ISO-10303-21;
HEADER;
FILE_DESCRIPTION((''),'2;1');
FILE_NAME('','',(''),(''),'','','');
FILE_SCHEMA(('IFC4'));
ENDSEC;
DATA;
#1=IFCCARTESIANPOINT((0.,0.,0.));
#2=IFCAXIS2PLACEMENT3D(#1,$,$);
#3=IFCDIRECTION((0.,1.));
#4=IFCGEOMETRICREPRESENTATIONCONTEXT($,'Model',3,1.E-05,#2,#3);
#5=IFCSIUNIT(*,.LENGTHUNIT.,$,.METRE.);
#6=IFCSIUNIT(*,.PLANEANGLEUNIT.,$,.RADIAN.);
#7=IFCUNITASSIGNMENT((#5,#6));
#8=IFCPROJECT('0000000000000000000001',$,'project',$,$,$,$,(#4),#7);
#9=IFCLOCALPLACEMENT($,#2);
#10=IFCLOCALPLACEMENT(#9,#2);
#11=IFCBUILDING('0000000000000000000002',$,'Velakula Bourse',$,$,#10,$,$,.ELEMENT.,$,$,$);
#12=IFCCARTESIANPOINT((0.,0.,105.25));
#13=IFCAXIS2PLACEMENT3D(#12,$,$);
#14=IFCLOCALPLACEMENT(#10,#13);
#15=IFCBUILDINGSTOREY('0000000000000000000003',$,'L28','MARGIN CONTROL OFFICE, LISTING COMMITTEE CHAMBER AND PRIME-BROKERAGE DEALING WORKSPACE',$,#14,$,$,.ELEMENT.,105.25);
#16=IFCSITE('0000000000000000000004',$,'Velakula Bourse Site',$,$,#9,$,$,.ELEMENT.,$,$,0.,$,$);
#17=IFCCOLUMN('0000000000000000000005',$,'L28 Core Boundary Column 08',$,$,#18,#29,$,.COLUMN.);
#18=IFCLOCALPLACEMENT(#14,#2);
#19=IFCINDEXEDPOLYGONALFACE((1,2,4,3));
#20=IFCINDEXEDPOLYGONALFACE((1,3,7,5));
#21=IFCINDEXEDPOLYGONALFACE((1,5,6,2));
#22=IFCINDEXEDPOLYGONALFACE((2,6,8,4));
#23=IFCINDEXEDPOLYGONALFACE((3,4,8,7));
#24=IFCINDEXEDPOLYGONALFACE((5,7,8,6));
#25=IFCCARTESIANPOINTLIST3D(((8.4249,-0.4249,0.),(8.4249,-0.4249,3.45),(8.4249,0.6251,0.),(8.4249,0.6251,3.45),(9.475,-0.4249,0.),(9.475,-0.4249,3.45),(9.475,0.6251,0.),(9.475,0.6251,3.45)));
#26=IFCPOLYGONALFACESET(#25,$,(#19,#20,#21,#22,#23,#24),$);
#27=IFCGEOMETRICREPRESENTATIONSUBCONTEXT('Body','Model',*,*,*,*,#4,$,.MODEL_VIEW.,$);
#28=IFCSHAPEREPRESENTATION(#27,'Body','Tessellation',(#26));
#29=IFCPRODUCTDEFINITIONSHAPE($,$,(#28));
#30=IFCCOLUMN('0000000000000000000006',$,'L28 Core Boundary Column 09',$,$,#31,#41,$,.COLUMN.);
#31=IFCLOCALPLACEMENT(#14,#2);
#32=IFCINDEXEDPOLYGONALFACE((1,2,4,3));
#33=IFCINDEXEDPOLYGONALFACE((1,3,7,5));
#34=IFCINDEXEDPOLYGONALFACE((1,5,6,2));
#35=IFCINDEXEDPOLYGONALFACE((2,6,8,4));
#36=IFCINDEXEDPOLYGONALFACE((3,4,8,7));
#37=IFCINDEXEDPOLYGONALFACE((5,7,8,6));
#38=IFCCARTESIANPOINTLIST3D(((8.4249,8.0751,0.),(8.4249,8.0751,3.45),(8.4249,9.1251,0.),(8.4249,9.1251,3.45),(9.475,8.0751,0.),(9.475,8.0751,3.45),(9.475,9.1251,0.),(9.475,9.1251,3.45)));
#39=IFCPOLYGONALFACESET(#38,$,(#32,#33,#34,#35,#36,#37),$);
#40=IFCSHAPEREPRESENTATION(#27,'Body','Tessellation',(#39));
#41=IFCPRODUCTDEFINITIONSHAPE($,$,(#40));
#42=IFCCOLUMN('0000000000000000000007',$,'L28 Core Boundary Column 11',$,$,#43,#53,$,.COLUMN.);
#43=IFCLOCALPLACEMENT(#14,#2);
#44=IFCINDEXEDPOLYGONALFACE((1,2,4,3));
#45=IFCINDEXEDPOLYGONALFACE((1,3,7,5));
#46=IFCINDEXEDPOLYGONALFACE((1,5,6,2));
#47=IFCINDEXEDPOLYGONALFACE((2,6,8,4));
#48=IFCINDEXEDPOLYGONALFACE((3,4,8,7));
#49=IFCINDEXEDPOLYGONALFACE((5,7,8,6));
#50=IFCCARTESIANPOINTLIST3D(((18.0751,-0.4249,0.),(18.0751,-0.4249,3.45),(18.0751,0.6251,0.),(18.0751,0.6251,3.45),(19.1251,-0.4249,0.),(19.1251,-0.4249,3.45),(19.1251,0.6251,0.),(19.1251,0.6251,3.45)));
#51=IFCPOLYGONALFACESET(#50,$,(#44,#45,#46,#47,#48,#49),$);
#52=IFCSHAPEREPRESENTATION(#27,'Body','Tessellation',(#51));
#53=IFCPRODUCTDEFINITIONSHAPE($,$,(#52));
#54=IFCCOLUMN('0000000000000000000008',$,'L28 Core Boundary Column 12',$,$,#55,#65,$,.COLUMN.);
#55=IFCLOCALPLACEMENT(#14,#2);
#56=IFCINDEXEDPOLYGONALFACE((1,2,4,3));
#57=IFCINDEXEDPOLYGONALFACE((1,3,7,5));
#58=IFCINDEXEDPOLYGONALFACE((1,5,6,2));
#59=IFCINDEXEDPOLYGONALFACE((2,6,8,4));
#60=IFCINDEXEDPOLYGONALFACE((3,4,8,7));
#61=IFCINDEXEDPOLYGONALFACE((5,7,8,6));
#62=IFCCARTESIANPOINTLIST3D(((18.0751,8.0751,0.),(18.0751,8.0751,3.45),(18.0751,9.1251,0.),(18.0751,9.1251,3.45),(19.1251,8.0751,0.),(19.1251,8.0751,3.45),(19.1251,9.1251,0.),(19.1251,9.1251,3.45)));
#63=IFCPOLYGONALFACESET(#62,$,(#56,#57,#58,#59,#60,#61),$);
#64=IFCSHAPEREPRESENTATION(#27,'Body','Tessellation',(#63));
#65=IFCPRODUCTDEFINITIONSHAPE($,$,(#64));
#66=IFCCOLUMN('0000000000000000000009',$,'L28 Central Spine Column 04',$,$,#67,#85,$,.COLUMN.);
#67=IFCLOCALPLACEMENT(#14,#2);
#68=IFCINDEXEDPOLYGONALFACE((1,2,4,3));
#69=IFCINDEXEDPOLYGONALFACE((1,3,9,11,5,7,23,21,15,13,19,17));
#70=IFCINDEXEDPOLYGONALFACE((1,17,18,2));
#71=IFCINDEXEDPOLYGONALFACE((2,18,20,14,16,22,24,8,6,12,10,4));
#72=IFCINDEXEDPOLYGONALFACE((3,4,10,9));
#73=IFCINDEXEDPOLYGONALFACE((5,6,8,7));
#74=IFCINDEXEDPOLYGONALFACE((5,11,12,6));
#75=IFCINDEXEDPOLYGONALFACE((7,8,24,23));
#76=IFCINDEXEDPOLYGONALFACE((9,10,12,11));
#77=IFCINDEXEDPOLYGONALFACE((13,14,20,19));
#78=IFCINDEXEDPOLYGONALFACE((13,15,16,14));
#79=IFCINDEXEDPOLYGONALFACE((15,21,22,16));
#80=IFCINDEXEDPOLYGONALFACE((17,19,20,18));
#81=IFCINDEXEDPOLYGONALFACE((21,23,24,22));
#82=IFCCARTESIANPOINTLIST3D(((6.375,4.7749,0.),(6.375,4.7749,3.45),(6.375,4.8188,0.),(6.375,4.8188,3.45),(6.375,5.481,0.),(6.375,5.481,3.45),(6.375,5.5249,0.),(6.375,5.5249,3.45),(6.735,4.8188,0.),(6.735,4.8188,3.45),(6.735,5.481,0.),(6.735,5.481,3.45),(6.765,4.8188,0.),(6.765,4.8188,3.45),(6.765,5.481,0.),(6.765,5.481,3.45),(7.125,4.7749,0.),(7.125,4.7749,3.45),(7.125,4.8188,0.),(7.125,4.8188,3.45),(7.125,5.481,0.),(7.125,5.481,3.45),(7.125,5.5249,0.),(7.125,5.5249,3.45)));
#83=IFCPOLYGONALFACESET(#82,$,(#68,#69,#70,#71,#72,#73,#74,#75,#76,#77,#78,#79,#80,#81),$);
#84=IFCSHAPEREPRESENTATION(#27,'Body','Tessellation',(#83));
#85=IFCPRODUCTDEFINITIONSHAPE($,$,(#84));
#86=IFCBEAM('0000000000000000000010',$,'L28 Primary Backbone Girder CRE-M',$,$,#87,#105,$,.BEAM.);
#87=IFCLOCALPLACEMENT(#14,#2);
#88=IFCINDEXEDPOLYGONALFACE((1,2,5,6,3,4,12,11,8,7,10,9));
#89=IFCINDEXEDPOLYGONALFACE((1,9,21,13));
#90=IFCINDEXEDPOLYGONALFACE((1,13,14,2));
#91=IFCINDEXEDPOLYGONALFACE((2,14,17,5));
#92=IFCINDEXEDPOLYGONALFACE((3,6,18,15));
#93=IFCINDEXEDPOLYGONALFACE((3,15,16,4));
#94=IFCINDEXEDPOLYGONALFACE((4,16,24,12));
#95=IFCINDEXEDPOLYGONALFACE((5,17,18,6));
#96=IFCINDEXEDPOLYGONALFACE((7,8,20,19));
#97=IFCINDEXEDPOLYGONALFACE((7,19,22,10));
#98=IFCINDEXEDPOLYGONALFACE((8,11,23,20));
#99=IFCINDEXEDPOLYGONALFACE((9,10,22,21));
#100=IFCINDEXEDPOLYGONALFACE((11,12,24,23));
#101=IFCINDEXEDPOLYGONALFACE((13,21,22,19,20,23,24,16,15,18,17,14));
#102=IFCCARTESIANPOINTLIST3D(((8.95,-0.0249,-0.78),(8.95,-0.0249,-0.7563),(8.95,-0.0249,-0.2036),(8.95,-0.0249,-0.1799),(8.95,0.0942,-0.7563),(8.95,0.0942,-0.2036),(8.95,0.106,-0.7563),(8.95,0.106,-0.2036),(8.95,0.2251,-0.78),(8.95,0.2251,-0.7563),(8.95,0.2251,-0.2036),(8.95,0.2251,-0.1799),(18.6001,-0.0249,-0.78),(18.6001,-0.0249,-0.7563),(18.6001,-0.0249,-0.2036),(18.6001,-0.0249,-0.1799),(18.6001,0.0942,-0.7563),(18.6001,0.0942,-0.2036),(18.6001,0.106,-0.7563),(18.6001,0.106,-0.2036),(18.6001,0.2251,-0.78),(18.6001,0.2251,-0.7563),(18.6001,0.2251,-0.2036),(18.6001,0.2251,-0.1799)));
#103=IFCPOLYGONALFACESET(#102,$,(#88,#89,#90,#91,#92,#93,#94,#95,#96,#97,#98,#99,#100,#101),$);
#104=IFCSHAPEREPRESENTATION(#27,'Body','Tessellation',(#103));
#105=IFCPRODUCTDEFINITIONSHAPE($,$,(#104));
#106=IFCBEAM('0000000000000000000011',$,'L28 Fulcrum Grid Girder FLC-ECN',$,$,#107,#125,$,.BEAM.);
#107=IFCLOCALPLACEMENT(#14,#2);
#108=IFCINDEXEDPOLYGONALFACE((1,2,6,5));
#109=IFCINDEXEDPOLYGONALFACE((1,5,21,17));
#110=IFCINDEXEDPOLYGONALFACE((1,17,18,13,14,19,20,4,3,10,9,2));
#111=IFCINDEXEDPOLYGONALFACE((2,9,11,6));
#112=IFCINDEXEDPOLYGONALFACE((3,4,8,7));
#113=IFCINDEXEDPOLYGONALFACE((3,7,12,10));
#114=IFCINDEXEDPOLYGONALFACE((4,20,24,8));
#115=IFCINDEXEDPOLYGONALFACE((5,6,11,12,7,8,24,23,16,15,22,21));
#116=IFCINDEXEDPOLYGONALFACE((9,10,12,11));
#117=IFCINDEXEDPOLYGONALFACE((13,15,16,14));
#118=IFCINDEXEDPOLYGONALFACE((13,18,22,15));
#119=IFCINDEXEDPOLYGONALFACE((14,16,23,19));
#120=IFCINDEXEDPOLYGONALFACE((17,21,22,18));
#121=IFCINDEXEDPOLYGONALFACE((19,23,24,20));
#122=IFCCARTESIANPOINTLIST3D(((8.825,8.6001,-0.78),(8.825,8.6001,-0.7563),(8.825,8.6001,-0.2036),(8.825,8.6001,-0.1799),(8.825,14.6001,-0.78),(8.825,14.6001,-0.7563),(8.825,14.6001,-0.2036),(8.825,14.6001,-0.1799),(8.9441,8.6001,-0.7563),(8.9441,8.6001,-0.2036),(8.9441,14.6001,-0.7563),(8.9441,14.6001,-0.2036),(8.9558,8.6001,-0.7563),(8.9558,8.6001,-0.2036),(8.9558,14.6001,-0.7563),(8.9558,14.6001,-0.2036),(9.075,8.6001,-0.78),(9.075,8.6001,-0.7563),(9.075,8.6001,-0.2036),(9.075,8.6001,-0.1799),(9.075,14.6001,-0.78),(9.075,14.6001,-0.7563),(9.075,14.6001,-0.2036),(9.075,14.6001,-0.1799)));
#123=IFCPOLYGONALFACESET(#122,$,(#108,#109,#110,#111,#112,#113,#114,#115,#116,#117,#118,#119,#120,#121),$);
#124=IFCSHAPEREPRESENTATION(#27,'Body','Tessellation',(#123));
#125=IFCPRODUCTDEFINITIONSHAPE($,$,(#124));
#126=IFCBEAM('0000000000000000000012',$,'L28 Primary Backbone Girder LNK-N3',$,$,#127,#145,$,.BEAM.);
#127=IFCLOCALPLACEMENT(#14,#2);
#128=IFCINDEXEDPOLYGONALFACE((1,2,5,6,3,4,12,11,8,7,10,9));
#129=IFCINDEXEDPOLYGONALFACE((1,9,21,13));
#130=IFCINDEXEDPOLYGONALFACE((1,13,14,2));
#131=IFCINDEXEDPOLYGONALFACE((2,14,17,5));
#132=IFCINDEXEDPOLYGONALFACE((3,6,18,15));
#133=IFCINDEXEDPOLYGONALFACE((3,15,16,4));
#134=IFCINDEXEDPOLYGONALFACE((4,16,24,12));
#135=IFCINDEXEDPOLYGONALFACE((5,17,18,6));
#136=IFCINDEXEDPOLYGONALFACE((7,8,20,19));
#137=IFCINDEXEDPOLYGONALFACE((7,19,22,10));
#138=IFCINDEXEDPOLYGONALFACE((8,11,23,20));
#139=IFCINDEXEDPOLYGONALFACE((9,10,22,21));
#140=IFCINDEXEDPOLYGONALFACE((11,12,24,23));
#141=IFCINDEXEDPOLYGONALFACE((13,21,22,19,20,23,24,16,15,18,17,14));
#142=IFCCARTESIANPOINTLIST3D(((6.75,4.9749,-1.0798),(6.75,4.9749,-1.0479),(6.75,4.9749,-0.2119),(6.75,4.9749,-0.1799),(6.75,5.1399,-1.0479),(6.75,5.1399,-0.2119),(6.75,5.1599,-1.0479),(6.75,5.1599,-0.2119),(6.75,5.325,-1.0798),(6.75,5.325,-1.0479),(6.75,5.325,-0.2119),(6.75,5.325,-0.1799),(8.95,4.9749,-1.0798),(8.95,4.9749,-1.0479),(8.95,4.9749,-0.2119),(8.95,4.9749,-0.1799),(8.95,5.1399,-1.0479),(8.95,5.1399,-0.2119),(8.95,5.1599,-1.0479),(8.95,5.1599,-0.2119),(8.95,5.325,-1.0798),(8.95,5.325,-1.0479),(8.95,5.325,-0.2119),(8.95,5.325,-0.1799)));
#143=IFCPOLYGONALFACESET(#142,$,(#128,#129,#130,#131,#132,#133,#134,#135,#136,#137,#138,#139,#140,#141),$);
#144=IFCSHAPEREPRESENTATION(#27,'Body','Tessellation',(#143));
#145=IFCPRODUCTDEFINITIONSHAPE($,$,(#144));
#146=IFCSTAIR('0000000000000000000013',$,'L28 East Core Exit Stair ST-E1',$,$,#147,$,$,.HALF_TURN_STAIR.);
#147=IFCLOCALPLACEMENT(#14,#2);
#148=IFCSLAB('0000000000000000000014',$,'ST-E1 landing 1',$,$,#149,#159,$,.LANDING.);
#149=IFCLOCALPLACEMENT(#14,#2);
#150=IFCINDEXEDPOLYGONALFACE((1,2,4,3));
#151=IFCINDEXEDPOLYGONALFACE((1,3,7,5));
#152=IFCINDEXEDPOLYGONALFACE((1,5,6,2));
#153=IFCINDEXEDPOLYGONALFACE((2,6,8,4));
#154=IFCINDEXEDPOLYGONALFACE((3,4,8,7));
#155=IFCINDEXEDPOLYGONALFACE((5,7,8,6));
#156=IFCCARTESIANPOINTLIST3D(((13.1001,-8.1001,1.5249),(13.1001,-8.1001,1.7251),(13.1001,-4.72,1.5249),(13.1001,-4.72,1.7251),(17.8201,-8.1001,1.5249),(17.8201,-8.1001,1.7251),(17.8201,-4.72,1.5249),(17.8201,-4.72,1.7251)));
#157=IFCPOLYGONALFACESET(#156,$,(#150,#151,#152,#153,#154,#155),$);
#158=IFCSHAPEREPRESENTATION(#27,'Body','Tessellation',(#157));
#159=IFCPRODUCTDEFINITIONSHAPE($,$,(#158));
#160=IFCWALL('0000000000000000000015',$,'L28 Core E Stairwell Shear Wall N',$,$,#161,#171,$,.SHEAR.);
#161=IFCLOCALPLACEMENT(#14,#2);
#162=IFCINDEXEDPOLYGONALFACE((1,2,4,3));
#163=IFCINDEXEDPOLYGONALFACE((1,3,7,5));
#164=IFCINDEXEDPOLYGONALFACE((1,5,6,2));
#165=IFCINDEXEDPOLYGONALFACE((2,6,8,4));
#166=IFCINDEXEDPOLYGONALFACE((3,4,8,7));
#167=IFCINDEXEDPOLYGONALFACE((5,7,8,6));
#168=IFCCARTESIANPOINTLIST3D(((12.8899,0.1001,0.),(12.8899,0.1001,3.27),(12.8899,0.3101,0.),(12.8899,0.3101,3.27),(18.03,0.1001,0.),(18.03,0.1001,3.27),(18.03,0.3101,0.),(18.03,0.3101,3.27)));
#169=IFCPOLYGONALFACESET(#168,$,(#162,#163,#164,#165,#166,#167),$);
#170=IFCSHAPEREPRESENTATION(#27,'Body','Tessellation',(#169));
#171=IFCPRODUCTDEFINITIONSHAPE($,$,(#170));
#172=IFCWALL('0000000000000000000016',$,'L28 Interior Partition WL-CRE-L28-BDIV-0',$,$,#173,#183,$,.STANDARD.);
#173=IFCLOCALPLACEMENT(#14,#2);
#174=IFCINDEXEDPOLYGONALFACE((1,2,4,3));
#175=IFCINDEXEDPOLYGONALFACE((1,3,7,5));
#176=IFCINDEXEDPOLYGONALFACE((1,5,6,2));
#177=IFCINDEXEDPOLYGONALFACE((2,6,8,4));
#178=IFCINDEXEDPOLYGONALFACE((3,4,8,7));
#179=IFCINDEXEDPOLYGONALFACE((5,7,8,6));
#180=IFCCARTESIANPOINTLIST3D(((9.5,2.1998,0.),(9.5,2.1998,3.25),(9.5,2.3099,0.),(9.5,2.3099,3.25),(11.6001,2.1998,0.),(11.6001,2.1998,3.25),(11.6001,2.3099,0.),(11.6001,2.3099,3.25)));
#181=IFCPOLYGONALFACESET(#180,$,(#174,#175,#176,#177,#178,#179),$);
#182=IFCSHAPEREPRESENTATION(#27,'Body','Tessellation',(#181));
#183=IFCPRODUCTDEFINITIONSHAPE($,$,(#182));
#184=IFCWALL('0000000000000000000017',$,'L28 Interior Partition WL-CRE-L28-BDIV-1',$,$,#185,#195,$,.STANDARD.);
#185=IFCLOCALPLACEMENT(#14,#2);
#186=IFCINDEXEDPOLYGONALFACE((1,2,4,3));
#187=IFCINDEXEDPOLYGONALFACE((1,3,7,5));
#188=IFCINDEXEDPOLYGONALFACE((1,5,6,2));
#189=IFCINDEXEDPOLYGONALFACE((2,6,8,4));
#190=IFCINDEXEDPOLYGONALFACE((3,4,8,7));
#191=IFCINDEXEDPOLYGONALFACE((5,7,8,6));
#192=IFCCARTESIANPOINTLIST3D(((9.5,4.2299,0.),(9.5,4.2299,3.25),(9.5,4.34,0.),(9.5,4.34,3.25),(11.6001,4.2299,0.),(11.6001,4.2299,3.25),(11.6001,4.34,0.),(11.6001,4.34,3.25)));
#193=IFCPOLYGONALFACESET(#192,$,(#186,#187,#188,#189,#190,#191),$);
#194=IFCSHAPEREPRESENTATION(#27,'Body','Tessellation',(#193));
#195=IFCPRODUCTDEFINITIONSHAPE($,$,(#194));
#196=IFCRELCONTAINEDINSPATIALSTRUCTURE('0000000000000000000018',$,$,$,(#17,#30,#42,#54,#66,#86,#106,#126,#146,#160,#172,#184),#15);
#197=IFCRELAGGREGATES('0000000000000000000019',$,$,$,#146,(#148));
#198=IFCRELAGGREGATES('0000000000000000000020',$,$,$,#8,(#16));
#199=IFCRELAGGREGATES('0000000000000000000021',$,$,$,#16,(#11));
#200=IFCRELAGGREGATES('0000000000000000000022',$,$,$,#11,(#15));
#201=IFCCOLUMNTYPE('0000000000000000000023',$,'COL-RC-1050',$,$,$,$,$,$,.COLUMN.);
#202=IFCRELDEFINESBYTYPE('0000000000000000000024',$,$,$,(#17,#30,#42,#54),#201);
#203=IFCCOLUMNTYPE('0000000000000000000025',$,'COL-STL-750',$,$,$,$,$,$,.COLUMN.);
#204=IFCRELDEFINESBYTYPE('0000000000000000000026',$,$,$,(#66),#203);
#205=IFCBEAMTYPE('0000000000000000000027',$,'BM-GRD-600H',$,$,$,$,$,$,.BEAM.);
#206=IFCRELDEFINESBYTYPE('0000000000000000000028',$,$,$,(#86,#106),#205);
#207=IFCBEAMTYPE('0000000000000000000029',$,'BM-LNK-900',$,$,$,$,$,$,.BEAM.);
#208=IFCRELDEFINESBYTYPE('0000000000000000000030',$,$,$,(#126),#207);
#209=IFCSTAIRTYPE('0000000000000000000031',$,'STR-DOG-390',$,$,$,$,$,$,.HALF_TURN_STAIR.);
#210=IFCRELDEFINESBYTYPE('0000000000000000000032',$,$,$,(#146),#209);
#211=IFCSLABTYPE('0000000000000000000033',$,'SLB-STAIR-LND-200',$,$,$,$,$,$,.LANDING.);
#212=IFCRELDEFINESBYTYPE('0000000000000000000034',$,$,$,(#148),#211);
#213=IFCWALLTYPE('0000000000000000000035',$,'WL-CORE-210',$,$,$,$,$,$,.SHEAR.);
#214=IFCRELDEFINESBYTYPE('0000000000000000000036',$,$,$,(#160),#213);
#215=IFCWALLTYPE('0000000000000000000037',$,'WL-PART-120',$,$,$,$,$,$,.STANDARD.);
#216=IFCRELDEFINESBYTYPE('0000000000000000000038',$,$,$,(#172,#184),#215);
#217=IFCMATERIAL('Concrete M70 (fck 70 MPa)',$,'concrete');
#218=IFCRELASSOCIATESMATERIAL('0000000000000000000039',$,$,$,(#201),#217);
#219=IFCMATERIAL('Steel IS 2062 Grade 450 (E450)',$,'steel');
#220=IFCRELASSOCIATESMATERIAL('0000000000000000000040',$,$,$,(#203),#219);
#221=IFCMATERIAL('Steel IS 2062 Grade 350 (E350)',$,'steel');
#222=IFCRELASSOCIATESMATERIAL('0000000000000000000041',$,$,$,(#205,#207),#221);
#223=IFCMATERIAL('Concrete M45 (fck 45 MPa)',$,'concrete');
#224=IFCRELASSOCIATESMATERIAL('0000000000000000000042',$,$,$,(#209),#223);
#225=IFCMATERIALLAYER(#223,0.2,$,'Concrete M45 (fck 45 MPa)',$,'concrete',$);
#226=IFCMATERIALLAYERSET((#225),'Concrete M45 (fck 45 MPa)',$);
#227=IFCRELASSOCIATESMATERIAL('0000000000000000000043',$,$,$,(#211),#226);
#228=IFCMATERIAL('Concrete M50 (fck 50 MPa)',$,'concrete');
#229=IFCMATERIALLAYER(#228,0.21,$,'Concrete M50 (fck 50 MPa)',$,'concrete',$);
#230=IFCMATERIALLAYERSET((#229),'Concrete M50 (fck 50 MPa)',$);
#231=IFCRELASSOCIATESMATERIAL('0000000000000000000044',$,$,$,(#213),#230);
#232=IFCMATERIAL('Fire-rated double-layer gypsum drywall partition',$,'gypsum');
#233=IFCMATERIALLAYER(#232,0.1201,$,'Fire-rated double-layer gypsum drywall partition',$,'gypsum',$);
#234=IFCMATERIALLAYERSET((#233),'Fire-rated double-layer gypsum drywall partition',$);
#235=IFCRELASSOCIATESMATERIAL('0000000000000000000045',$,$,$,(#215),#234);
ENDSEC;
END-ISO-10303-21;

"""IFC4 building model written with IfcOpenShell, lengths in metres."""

from ifc_helpers import new_model, si_unit, direction, frame, frame_2d, origin, origin_2d, place, context, subcontext, project, spatial, polyline, rectangle, i_section, outline, extrude, material, layer, layer_set, material_profile, profile_set, type_object, element, aggregate, save


model = new_model("IFC4")

# Units and contexts
model_context = context("Model", 3, precision=1e-05, world=origin(), true_north=direction((0.0, 1.0)))
body_context = subcontext(model_context, "Body", "Model", "MODEL_VIEW")
ifc_project = project(units=[si_unit("LENGTHUNIT", "METRE"), si_unit("PLANEANGLEUNIT", "RADIAN")], contexts=[model_context])

# Site, building, storey
site_placement = place(None, origin())
site = spatial("IfcSite", under=ifc_project, at=site_placement, Name="Velakula Bourse Site", CompositionType="ELEMENT", RefElevation=0.0)
building_placement = place(site_placement, origin())
building = spatial("IfcBuilding", under=site, at=building_placement, Name="Velakula Bourse", CompositionType="ELEMENT")
storey_placement = place(building_placement, frame((0.0, 0.0, 105.25)))
storey = spatial("IfcBuildingStorey", under=building, at=storey_placement, Name="L28", Description="MARGIN CONTROL OFFICE, LISTING COMMITTEE CHAMBER AND PRIME-BROKERAGE DEALING WORKSPACE", CompositionType="ELEMENT", Elevation=105.25)

# Columns
ifc_material_1 = material(Name="Concrete M70 (fck 70 MPa)", Category="concrete")
ifc_material_profile_1 = material_profile(ifc_material_1, rectangle(XDim=1.05, YDim=1.05, at=origin_2d()), Name="Concrete M70 (fck 70 MPa)")
ifc_profile_set_1 = profile_set([ifc_material_profile_1], Name="Concrete M70 (fck 70 MPa)")
column_type_1 = type_object("IfcColumnType", Name="COL-RC-1050", PredefinedType="COLUMN", material=ifc_profile_set_1)
for number, where, z_axis, x_axis, name in (
    (1, (8.95, 0.1001, 0.0), (0.0, 0.0, 1.0), (1.0, 0.0, 0.0), "L28 Core Boundary Column 08"),
    (2, (8.95, 8.6001, 0.0), (0.0, 0.0, 1.0), (1.0, 0.0, 0.0), "L28 Core Boundary Column 09"),
    (3, (18.6001, 0.1001, 0.0), (0.0, 0.0, 1.0), (1.0, 0.0, 0.0), "L28 Core Boundary Column 11"),
    (4, (18.6001, 8.6001, 0.0), (0.0, 0.0, 1.0), (1.0, 0.0, 0.0), "L28 Core Boundary Column 12"),
):
    element("IfcColumn", number, at=place(storey_placement, frame(where, z_axis=z_axis, x_axis=x_axis)), inside=storey, type_object=column_type_1, Name=name, PredefinedType="COLUMN", context=body_context, shape_type="SweptSolid", body=[
        extrude(rectangle(XDim=1.05, YDim=1.05, at=origin_2d()), origin(), (0.0, 0.0, 1.0), 3.45),
    ])
ifc_material_2 = material(Name="Steel IS 2062 Grade 450 (E450)", Category="steel")
ifc_material_profile_2 = material_profile(ifc_material_2, i_section(OverallWidth=0.75, OverallDepth=0.75, WebThickness=0.03, FlangeThickness=0.0439, at=origin_2d()), Name="Steel IS 2062 Grade 450 (E450)")
ifc_profile_set_2 = profile_set([ifc_material_profile_2], Name="Steel IS 2062 Grade 450 (E450)")
column_type_2 = type_object("IfcColumnType", Name="COL-STL-750", PredefinedType="COLUMN", material=ifc_profile_set_2)
column_placement = place(storey_placement, frame((6.75, 5.1499, 0.0), z_axis=(0.0, 0.0, 1.0), x_axis=(1.0, 0.0, 0.0)))
element("IfcColumn", 5, at=column_placement, inside=storey, type_object=column_type_2, Name="L28 Central Spine Column 04", PredefinedType="COLUMN", context=body_context, shape_type="SweptSolid", body=[
    extrude(i_section(OverallWidth=0.75, OverallDepth=0.75, WebThickness=0.03, FlangeThickness=0.0439, at=origin_2d()), origin(), (0.0, 0.0, 1.0), 3.45),
])

# Beams
ifc_material_3 = material(Name="Steel IS 2062 Grade 350 (E350)", Category="steel")
ifc_material_profile_3 = material_profile(ifc_material_3, i_section(OverallWidth=0.25, OverallDepth=0.6001, WebThickness=0.0117, FlangeThickness=0.0237, at=origin_2d()), Name="Steel IS 2062 Grade 350 (E350)")
ifc_profile_set_3 = profile_set([ifc_material_profile_3], Name="Steel IS 2062 Grade 350 (E350)")
beam_type_1 = type_object("IfcBeamType", Name="BM-GRD-600H", PredefinedType="BEAM", material=ifc_profile_set_3)
beam_1_placement = place(storey_placement, frame((8.95, 0.1001, -0.48), z_axis=(1.0, 0.0, 0.0), x_axis=(0.0, 1.0, 0.0)))
element("IfcBeam", 6, at=beam_1_placement, inside=storey, type_object=beam_type_1, Name="L28 Primary Backbone Girder CRE-M", PredefinedType="BEAM", context=body_context, shape_type="SweptSolid", body=[
    extrude(i_section(OverallWidth=0.25, OverallDepth=0.6001, WebThickness=0.0117, FlangeThickness=0.0237, at=origin_2d()), origin(), (0.0, 0.0, 1.0), 9.6501),
])
beam_2_placement = place(storey_placement, frame((8.95, 8.6001, -0.48), z_axis=(0.0, 1.0, 0.0), x_axis=(-1.0, 0.0, 0.0)))
element("IfcBeam", 7, at=beam_2_placement, inside=storey, type_object=beam_type_1, Name="L28 Fulcrum Grid Girder FLC-ECN", PredefinedType="BEAM", context=body_context, shape_type="SweptSolid", body=[
    extrude(i_section(OverallWidth=0.25, OverallDepth=0.6001, WebThickness=0.0117, FlangeThickness=0.0237, at=origin_2d()), origin(), (0.0, 0.0, 1.0), 6.0),
])
ifc_material_profile_4 = material_profile(ifc_material_3, i_section(OverallWidth=0.3501, OverallDepth=0.8999, WebThickness=0.02, FlangeThickness=0.032, at=origin_2d()), Name="Steel IS 2062 Grade 350 (E350)")
ifc_profile_set_4 = profile_set([ifc_material_profile_4], Name="Steel IS 2062 Grade 350 (E350)")
beam_type_2 = type_object("IfcBeamType", Name="BM-LNK-900", PredefinedType="BEAM", material=ifc_profile_set_4)
beam_3_placement = place(storey_placement, frame((6.75, 5.1499, -0.6299), z_axis=(1.0, 0.0, 0.0), x_axis=(0.0, 1.0, 0.0)))
element("IfcBeam", 8, at=beam_3_placement, inside=storey, type_object=beam_type_2, Name="L28 Primary Backbone Girder LNK-N3", PredefinedType="BEAM", context=body_context, shape_type="SweptSolid", body=[
    extrude(i_section(OverallWidth=0.3501, OverallDepth=0.8999, WebThickness=0.02, FlangeThickness=0.032, at=origin_2d()), origin(), (0.0, 0.0, 1.0), 2.2),
])

# Stair, slab
ifc_material_4 = material(Name="Concrete M45 (fck 45 MPa)", Category="concrete")
stair_type = type_object("IfcStairType", Name="STR-DOG-390", PredefinedType="HALF_TURN_STAIR", material=ifc_material_4)
stair_placement = place(storey_placement, origin())
stair = element("IfcStair", 9, at=stair_placement, inside=storey, type_object=stair_type, Name="L28 East Core Exit Stair ST-E1", PredefinedType="HALF_TURN_STAIR")
ifc_layer_1 = layer(ifc_material_4, 0.2, Name="Concrete M45 (fck 45 MPa)", Category="concrete")
ifc_layer_set_1 = layer_set([ifc_layer_1], Name="Concrete M45 (fck 45 MPa)")
slab_type = type_object("IfcSlabType", Name="SLB-STAIR-LND-200", PredefinedType="LANDING", material=ifc_layer_set_1)
slab_placement = place(storey_placement, frame((0.0, 0.0, 1.5249)))
slab = element("IfcSlab", 10, at=slab_placement, type_object=slab_type, Name="ST-E1 landing 1", PredefinedType="LANDING", context=body_context, shape_type="SweptSolid", body=[
    extrude(outline(polyline([(13.1001, -4.72), (13.1001, -8.1001), (17.8201, -8.1001), (17.8201, -4.72), (13.1001, -4.72)])), origin(), (0.0, 0.0, 1.0), 0.2002),
])
aggregate(stair, [slab])

# Walls
ifc_material_5 = material(Name="Concrete M50 (fck 50 MPa)", Category="concrete")
ifc_layer_2 = layer(ifc_material_5, 0.21, Name="Concrete M50 (fck 50 MPa)", Category="concrete")
ifc_layer_set_2 = layer_set([ifc_layer_2], Name="Concrete M50 (fck 50 MPa)")
wall_type_1 = type_object("IfcWallType", Name="WL-CORE-210", PredefinedType="SHEAR", material=ifc_layer_set_2)
wall_1_placement = place(storey_placement, frame((18.03, 0.2051, 0.0), z_axis=(0.0, 0.0, 1.0), x_axis=(-1.0, 0.0, 0.0)))
element("IfcWall", 11, at=wall_1_placement, inside=storey, type_object=wall_type_1, Name="L28 Core E Stairwell Shear Wall N", PredefinedType="SHEAR", context=body_context, shape_type="SweptSolid", body=[
    extrude(rectangle(XDim=5.1401, YDim=0.21, at=frame_2d((2.5701, 0.0))), origin(), (0.0, 0.0, 1.0), 3.27),
])
ifc_material_6 = material(Name="Fire-rated double-layer gypsum drywall partition", Category="gypsum")
ifc_layer_3 = layer(ifc_material_6, 0.1201, Name="Fire-rated double-layer gypsum drywall partition", Category="gypsum")
ifc_layer_set_3 = layer_set([ifc_layer_3], Name="Fire-rated double-layer gypsum drywall partition")
wall_type_2 = type_object("IfcWallType", Name="WL-PART-120", PredefinedType="STANDARD", material=ifc_layer_set_3)
for number, where, z_axis, x_axis, name in (
    (12, (9.5, 2.2549, 0.0), (0.0, 0.0, 1.0), (1.0, 0.0, 0.0), "L28 Interior Partition WL-CRE-L28-BDIV-0"),
    (13, (9.5, 4.2849, 0.0), (0.0, 0.0, 1.0), (1.0, 0.0, 0.0), "L28 Interior Partition WL-CRE-L28-BDIV-1"),
):
    element("IfcWall", number, at=place(storey_placement, frame(where, z_axis=z_axis, x_axis=x_axis)), inside=storey, type_object=wall_type_2, Name=name, PredefinedType="STANDARD", context=body_context, shape_type="SweptSolid", body=[
        extrude(rectangle(XDim=2.1001, YDim=0.1101, at=frame_2d((1.05, 0.0))), origin(), (0.0, 0.0, 1.0), 3.25),
    ])

save(model, "model.ifc")
